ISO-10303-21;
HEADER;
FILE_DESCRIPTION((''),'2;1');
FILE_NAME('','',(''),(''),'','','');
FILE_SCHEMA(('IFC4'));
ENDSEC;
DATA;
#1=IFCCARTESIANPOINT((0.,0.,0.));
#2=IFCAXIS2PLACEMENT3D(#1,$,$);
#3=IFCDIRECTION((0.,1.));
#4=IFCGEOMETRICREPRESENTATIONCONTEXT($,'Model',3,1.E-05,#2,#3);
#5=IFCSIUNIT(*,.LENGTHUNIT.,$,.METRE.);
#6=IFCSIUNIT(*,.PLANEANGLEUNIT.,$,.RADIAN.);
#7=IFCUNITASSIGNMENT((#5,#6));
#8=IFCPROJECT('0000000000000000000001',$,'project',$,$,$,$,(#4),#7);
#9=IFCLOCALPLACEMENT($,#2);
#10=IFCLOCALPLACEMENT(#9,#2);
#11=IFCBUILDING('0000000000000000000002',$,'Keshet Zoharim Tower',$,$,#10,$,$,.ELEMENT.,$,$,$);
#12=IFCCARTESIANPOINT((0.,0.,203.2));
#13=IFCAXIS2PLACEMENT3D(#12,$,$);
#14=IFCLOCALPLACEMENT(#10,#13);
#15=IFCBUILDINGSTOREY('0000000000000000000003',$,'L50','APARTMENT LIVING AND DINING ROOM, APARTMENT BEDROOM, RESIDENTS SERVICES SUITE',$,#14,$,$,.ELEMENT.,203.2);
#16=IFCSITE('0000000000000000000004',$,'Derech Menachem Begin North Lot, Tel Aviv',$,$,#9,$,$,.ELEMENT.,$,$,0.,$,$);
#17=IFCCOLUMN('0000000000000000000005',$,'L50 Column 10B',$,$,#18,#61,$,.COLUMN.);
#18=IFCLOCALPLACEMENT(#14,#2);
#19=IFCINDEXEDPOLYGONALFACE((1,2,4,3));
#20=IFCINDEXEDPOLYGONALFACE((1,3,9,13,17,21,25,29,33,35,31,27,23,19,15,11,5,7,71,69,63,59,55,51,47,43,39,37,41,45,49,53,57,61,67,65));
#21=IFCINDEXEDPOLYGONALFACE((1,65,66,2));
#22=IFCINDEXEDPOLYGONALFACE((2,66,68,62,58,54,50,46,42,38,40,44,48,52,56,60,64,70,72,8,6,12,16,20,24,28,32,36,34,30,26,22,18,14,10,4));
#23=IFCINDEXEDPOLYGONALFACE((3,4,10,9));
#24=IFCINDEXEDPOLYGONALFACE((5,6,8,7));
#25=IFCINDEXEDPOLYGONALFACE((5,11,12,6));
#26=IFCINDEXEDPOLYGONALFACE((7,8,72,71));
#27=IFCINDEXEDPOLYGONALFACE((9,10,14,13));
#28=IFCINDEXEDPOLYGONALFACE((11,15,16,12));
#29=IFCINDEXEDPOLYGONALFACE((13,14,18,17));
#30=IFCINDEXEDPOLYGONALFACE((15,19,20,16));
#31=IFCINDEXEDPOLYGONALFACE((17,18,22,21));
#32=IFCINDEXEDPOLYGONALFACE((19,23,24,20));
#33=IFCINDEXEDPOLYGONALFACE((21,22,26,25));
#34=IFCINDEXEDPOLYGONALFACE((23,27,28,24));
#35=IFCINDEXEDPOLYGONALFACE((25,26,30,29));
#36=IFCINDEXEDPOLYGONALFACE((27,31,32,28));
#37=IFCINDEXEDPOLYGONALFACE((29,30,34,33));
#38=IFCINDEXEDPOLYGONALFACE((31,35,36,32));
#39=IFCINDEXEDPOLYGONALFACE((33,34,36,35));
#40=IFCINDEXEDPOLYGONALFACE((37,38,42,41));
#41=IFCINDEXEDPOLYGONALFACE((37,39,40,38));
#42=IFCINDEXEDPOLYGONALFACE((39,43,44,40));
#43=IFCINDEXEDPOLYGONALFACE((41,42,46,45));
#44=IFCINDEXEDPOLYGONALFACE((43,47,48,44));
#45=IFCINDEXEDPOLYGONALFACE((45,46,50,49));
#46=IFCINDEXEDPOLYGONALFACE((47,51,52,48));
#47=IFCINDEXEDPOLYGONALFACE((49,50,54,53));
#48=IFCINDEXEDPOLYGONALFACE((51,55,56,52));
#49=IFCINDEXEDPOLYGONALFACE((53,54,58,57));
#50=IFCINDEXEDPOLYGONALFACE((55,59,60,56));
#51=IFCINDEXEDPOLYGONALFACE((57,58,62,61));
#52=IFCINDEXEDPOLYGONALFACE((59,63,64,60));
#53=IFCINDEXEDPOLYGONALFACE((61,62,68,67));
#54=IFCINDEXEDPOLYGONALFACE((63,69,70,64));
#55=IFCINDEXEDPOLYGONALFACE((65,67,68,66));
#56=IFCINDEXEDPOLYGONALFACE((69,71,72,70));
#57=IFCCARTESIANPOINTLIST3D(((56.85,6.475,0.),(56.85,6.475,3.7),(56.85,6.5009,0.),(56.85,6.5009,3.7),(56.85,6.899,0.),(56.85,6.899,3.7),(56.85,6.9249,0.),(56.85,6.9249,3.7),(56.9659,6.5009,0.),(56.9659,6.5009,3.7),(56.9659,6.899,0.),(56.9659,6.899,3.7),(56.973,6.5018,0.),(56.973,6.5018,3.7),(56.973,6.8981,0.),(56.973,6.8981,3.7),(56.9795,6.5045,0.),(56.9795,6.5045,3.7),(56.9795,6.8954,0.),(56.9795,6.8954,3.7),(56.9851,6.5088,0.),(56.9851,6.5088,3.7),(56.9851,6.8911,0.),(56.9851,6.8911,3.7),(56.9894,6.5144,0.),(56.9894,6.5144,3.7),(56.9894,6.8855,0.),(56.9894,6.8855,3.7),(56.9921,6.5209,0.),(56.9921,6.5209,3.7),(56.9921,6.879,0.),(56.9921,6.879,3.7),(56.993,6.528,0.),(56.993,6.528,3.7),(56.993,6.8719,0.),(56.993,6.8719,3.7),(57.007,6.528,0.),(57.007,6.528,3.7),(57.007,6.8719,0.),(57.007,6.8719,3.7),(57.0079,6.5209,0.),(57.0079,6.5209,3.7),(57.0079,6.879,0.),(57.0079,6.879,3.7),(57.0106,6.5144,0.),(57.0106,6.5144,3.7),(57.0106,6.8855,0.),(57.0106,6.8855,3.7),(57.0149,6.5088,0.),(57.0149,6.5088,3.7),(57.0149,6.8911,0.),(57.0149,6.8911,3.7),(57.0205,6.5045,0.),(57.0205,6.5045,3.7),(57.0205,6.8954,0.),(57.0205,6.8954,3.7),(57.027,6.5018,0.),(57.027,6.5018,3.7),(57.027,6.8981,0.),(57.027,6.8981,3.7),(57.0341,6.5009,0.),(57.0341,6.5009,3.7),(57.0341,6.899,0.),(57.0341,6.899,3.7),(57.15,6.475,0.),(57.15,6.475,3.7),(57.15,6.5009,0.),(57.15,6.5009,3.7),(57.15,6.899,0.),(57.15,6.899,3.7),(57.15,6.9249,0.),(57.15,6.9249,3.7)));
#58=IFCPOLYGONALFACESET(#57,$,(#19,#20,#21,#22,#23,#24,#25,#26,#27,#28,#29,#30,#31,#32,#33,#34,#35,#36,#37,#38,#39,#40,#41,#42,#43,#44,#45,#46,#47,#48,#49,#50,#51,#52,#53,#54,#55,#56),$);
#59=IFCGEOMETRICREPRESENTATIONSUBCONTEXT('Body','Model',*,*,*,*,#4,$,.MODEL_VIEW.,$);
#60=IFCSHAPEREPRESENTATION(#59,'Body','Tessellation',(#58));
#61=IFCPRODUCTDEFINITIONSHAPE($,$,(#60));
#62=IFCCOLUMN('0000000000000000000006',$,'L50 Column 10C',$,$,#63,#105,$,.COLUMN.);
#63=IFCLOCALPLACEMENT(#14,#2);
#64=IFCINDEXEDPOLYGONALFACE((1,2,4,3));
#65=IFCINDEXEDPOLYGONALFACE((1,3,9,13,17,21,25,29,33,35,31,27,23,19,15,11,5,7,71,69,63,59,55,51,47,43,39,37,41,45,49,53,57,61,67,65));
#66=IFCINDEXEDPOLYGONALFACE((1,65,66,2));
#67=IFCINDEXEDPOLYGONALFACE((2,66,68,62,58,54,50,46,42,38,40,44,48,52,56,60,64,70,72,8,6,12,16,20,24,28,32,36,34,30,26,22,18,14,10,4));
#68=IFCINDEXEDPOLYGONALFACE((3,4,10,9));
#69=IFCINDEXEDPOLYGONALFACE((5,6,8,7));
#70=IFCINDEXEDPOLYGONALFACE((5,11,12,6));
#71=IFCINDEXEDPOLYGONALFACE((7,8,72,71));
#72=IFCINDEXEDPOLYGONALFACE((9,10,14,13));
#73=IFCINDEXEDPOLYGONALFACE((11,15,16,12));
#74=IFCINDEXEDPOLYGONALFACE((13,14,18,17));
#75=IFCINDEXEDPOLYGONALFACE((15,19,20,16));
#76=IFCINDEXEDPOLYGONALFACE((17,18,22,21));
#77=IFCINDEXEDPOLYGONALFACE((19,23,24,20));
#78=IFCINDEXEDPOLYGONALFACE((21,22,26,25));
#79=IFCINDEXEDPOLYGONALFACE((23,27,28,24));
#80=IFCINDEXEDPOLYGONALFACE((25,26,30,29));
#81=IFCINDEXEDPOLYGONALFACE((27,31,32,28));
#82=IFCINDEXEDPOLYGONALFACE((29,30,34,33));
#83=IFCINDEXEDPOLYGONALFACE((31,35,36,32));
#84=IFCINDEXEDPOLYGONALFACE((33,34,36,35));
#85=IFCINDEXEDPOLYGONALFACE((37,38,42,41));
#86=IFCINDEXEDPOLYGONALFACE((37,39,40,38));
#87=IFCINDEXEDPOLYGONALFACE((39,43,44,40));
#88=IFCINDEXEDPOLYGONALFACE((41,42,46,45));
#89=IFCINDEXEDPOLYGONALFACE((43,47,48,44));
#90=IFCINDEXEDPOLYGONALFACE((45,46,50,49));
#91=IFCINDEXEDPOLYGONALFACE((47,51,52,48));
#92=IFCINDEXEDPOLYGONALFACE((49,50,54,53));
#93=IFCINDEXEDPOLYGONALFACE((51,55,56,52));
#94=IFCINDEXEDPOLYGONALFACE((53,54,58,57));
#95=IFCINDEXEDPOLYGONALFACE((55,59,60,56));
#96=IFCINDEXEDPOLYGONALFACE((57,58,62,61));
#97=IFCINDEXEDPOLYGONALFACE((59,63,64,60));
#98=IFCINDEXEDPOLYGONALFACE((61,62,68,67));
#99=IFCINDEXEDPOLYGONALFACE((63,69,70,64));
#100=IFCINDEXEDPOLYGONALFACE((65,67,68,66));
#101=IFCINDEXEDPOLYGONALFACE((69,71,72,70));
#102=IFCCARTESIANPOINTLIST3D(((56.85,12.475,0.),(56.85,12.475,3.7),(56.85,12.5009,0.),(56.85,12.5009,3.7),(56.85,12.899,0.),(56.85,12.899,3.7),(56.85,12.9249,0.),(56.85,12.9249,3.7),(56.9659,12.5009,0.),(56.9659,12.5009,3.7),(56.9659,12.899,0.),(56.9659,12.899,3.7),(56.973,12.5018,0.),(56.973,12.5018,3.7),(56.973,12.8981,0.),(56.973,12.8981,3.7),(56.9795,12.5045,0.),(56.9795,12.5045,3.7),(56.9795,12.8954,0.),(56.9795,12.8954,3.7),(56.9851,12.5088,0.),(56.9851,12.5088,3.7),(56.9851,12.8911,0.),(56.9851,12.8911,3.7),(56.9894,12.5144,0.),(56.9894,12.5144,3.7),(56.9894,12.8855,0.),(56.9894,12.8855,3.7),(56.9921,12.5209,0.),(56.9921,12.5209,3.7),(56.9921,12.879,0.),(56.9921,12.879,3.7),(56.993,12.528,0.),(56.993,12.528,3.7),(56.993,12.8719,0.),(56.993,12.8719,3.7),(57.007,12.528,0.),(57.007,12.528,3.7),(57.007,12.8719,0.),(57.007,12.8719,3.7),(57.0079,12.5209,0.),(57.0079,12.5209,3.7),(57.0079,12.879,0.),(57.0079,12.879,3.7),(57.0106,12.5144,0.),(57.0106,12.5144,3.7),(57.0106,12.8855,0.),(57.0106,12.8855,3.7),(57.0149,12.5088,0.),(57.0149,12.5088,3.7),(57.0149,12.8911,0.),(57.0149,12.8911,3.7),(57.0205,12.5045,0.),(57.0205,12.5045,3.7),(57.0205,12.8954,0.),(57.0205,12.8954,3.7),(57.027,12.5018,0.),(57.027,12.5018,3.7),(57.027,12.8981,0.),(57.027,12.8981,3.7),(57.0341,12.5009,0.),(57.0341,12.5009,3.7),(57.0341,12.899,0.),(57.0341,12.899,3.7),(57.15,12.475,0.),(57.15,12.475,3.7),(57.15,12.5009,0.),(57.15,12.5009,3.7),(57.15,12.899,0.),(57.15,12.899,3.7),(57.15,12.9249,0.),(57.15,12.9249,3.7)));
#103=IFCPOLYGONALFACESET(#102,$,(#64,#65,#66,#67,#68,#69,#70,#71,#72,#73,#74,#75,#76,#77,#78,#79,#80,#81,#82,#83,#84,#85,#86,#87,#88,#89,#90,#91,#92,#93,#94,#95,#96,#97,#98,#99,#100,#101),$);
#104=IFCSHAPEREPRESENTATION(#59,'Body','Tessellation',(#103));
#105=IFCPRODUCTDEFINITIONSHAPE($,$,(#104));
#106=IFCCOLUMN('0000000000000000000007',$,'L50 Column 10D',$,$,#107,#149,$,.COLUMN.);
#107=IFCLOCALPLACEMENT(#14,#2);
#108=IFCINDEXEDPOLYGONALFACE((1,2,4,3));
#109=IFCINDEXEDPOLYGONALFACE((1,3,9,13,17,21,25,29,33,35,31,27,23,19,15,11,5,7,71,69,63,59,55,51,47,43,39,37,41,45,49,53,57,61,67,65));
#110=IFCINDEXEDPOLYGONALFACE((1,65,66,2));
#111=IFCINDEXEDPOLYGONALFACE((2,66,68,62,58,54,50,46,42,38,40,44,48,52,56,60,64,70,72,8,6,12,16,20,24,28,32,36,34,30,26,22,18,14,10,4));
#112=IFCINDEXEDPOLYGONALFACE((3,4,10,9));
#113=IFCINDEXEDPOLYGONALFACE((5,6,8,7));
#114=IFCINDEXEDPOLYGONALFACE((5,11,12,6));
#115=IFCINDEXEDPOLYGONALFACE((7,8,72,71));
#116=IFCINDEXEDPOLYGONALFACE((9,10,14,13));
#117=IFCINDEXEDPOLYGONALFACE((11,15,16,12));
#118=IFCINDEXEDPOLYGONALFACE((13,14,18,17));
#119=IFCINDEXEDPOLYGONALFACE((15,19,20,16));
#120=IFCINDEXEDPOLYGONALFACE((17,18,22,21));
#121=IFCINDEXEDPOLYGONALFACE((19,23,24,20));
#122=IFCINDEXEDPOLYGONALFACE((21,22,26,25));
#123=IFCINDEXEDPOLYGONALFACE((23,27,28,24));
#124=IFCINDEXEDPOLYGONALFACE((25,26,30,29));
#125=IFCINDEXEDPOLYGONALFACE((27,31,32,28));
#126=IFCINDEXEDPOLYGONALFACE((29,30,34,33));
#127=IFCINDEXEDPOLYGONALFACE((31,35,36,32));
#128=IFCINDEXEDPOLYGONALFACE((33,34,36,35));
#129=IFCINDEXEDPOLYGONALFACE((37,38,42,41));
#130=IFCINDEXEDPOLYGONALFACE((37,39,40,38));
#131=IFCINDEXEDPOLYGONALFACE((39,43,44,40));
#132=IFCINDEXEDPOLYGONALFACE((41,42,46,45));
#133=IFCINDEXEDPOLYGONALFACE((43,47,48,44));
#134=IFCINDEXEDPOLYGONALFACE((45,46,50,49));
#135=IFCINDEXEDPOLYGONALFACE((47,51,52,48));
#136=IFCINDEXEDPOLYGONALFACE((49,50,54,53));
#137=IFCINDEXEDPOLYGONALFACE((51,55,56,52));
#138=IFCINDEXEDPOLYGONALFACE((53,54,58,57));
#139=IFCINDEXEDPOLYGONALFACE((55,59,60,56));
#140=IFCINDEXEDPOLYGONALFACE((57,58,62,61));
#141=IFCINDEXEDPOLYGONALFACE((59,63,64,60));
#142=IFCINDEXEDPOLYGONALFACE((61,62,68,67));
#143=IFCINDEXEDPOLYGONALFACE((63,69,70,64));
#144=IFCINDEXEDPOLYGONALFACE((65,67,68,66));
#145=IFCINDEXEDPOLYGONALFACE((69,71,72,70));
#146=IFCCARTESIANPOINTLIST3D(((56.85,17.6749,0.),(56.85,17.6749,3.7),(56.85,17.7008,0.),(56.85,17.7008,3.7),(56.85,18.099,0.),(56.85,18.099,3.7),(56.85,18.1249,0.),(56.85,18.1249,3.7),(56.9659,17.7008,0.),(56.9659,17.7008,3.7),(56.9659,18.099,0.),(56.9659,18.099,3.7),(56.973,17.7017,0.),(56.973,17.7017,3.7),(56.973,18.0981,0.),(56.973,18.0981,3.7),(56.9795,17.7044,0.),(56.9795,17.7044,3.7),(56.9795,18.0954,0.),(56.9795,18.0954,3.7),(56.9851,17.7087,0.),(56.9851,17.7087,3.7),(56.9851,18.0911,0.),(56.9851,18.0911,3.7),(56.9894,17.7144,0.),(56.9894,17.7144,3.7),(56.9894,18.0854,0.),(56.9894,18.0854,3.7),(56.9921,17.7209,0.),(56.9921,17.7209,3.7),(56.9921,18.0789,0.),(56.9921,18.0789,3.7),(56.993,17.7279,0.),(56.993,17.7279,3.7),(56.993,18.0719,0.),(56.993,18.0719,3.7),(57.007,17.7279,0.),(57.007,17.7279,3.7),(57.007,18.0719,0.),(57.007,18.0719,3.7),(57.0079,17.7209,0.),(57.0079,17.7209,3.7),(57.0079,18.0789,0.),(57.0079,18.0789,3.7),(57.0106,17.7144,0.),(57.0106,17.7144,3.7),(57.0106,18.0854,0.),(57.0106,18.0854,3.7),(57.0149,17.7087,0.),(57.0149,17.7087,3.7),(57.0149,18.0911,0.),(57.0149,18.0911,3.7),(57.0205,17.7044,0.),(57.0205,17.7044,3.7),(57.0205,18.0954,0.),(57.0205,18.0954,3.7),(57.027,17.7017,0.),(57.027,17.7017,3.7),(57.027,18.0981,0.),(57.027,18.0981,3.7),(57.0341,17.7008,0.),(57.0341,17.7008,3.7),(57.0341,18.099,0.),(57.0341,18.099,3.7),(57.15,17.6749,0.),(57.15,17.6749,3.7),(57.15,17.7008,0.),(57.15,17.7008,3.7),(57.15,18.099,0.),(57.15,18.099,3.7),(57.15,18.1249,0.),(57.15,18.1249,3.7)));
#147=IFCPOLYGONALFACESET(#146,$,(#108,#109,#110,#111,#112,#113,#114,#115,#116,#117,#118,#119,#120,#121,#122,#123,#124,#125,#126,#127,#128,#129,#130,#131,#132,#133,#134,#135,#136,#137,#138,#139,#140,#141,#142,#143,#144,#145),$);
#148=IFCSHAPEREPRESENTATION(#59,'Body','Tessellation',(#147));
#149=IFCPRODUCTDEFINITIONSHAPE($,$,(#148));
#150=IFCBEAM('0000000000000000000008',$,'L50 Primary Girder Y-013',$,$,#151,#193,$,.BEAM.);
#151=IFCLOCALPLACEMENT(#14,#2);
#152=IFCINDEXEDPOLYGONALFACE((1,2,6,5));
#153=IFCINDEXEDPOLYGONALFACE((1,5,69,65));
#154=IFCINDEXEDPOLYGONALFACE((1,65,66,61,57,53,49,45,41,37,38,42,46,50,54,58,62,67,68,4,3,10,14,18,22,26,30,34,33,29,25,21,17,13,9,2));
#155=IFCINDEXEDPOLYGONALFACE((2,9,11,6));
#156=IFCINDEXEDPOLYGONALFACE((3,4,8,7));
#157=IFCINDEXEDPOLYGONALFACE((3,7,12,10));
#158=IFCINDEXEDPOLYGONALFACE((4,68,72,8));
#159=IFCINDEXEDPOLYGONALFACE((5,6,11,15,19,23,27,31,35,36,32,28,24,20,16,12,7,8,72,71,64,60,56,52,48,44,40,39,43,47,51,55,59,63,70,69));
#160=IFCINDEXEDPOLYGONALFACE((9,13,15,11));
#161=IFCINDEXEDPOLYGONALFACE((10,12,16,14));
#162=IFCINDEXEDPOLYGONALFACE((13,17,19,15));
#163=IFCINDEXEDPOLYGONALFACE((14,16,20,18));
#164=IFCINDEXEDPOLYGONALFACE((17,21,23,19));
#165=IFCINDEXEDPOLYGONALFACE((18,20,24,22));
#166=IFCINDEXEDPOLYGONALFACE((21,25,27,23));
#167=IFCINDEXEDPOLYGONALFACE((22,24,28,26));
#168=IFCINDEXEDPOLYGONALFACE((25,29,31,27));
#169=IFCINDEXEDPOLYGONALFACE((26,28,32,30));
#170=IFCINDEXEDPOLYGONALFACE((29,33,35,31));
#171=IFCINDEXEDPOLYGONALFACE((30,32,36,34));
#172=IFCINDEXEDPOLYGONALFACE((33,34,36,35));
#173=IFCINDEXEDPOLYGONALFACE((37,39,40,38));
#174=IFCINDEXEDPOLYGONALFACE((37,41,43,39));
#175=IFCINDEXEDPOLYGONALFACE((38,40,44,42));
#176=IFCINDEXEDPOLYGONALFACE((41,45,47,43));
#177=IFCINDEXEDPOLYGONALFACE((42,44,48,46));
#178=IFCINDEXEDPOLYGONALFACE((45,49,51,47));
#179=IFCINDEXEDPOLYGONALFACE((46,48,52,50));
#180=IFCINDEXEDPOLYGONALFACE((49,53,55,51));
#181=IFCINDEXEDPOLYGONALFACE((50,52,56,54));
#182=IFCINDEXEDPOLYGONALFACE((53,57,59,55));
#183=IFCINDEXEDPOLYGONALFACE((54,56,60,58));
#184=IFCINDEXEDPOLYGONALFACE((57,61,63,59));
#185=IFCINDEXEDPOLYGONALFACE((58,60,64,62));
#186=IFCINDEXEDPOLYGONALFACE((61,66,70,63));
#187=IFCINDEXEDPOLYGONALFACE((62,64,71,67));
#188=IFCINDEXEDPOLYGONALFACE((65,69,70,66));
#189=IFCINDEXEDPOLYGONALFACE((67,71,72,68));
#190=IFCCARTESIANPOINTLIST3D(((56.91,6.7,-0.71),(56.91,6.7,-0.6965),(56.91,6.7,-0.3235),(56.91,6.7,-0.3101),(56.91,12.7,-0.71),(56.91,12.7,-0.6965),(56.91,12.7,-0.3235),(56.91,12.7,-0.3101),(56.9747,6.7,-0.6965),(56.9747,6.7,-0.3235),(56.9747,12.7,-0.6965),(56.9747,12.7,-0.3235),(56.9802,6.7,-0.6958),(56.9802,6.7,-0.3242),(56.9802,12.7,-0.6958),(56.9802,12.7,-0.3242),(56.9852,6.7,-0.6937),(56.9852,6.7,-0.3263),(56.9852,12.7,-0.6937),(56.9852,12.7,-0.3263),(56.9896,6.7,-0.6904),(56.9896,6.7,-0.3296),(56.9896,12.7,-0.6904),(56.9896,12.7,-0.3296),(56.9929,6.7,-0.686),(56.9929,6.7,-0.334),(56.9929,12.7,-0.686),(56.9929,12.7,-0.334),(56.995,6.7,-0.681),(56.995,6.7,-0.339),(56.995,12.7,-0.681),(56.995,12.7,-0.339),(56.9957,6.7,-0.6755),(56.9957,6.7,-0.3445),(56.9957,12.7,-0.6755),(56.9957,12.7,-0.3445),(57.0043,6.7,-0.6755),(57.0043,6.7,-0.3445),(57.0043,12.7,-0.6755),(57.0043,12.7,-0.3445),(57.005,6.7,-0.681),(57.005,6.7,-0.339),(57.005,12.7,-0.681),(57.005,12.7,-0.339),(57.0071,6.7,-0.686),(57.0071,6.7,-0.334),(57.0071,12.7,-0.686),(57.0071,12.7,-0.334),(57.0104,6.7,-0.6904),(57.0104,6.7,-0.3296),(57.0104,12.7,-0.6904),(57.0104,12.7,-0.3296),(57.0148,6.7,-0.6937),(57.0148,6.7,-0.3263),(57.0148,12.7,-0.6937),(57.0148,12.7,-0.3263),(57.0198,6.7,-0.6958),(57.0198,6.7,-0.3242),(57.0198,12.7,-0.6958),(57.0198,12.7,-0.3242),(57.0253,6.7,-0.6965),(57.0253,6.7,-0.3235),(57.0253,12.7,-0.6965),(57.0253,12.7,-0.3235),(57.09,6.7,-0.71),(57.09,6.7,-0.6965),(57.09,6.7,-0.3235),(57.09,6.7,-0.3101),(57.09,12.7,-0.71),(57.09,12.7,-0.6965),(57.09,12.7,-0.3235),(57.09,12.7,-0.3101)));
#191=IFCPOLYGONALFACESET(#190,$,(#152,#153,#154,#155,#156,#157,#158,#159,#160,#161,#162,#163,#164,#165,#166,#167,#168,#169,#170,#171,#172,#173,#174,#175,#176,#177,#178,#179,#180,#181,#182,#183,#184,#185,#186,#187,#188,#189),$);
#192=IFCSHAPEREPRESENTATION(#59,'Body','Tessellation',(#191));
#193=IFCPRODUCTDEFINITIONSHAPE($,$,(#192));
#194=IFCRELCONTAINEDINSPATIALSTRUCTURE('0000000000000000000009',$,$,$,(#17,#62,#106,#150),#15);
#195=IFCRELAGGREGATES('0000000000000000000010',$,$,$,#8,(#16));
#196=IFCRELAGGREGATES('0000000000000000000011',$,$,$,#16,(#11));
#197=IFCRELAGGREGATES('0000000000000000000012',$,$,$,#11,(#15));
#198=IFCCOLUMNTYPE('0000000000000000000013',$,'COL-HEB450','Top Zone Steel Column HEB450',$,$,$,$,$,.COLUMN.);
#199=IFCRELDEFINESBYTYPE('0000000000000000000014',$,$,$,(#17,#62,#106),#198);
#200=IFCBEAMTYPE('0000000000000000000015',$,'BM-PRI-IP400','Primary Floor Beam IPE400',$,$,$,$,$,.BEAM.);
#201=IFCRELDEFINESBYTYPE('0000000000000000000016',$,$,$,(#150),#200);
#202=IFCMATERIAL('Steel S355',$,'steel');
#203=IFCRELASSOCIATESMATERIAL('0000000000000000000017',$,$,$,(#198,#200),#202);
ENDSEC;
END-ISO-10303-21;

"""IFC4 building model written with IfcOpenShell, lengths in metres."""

from ifc_helpers import new_model, si_unit, direction, frame, origin, origin_2d, place, context, subcontext, project, spatial, i_section, extrude, material, material_profile, profile_set, type_object, element, save


model = new_model("IFC4")

# Units and contexts
model_context = context("Model", 3, precision=1e-05, world=origin(), true_north=direction((0.0, 1.0)))
body_context = subcontext(model_context, "Body", "Model", "MODEL_VIEW")
ifc_project = project(units=[si_unit("LENGTHUNIT", "METRE"), si_unit("PLANEANGLEUNIT", "RADIAN")], contexts=[model_context])

# Site, building, storey
site_placement = place(None, origin())
site = spatial("IfcSite", under=ifc_project, at=site_placement, Name="Derech Menachem Begin North Lot, Tel Aviv", CompositionType="ELEMENT", RefElevation=0.0)
building_placement = place(site_placement, origin())
building = spatial("IfcBuilding", under=site, at=building_placement, Name="Keshet Zoharim Tower", CompositionType="ELEMENT")
storey_placement = place(building_placement, frame((0.0, 0.0, 203.2)))
storey = spatial("IfcBuildingStorey", under=building, at=storey_placement, Name="L50", Description="APARTMENT LIVING AND DINING ROOM, APARTMENT BEDROOM, RESIDENTS SERVICES SUITE", CompositionType="ELEMENT", Elevation=203.2)

# Columns
ifc_material_1 = material(Name="Steel S355", Category="steel")
ifc_material_profile_1 = material_profile(ifc_material_1, i_section(OverallWidth=0.3, OverallDepth=0.45, WebThickness=0.0139, FlangeThickness=0.0259, FilletRadius=0.0271, at=origin_2d()), Name="HEB450")
ifc_profile_set_1 = profile_set([ifc_material_profile_1], Name="Steel S355")
column_type = type_object("IfcColumnType", Name="COL-HEB450", Description="Top Zone Steel Column HEB450", PredefinedType="COLUMN", material=ifc_profile_set_1)
for number, where, z_axis, x_axis, name in (
    (1, (57.0, 6.7, 0.0), (0.0, 0.0, 1.0), (1.0, 0.0, 0.0), "L50 Column 10B"),
    (2, (57.0, 12.7, 0.0), (0.0, 0.0, 1.0), (1.0, 0.0, 0.0), "L50 Column 10C"),
    (3, (57.0, 17.8999, 0.0), (0.0, 0.0, 1.0), (1.0, 0.0, 0.0), "L50 Column 10D"),
):
    element("IfcColumn", number, at=place(storey_placement, frame(where, z_axis=z_axis, x_axis=x_axis)), inside=storey, type_object=column_type, Name=name, PredefinedType="COLUMN", context=body_context, shape_type="SweptSolid", body=[
        extrude(i_section(OverallWidth=0.3, OverallDepth=0.45, WebThickness=0.0139, FlangeThickness=0.0259, FilletRadius=0.0271, at=origin_2d()), origin(), (0.0, 0.0, 1.0), 3.7),
    ])

# Beam
ifc_material_profile_2 = material_profile(ifc_material_1, i_section(OverallWidth=0.1799, OverallDepth=0.3999, WebThickness=0.0085, FlangeThickness=0.0134, FilletRadius=0.021, at=origin_2d()), Name="IPE400")
ifc_profile_set_2 = profile_set([ifc_material_profile_2], Name="Steel S355")
beam_type = type_object("IfcBeamType", Name="BM-PRI-IP400", Description="Primary Floor Beam IPE400", PredefinedType="BEAM", material=ifc_profile_set_2)
beam_1_placement = place(storey_placement, frame((57.0, 6.7, -0.51), z_axis=(0.0, 1.0, 0.0), x_axis=(-1.0, 0.0, 0.0)))
element("IfcBeam", 4, at=beam_1_placement, inside=storey, type_object=beam_type, Name="L50 Primary Girder Y-013", PredefinedType="BEAM", context=body_context, shape_type="SweptSolid", body=[
    extrude(i_section(OverallWidth=0.1799, OverallDepth=0.3999, WebThickness=0.0085, FlangeThickness=0.0134, FilletRadius=0.021, at=origin_2d()), origin(), (0.0, 0.0, 1.0), 6.0),
])

save(model, "model.ifc")
